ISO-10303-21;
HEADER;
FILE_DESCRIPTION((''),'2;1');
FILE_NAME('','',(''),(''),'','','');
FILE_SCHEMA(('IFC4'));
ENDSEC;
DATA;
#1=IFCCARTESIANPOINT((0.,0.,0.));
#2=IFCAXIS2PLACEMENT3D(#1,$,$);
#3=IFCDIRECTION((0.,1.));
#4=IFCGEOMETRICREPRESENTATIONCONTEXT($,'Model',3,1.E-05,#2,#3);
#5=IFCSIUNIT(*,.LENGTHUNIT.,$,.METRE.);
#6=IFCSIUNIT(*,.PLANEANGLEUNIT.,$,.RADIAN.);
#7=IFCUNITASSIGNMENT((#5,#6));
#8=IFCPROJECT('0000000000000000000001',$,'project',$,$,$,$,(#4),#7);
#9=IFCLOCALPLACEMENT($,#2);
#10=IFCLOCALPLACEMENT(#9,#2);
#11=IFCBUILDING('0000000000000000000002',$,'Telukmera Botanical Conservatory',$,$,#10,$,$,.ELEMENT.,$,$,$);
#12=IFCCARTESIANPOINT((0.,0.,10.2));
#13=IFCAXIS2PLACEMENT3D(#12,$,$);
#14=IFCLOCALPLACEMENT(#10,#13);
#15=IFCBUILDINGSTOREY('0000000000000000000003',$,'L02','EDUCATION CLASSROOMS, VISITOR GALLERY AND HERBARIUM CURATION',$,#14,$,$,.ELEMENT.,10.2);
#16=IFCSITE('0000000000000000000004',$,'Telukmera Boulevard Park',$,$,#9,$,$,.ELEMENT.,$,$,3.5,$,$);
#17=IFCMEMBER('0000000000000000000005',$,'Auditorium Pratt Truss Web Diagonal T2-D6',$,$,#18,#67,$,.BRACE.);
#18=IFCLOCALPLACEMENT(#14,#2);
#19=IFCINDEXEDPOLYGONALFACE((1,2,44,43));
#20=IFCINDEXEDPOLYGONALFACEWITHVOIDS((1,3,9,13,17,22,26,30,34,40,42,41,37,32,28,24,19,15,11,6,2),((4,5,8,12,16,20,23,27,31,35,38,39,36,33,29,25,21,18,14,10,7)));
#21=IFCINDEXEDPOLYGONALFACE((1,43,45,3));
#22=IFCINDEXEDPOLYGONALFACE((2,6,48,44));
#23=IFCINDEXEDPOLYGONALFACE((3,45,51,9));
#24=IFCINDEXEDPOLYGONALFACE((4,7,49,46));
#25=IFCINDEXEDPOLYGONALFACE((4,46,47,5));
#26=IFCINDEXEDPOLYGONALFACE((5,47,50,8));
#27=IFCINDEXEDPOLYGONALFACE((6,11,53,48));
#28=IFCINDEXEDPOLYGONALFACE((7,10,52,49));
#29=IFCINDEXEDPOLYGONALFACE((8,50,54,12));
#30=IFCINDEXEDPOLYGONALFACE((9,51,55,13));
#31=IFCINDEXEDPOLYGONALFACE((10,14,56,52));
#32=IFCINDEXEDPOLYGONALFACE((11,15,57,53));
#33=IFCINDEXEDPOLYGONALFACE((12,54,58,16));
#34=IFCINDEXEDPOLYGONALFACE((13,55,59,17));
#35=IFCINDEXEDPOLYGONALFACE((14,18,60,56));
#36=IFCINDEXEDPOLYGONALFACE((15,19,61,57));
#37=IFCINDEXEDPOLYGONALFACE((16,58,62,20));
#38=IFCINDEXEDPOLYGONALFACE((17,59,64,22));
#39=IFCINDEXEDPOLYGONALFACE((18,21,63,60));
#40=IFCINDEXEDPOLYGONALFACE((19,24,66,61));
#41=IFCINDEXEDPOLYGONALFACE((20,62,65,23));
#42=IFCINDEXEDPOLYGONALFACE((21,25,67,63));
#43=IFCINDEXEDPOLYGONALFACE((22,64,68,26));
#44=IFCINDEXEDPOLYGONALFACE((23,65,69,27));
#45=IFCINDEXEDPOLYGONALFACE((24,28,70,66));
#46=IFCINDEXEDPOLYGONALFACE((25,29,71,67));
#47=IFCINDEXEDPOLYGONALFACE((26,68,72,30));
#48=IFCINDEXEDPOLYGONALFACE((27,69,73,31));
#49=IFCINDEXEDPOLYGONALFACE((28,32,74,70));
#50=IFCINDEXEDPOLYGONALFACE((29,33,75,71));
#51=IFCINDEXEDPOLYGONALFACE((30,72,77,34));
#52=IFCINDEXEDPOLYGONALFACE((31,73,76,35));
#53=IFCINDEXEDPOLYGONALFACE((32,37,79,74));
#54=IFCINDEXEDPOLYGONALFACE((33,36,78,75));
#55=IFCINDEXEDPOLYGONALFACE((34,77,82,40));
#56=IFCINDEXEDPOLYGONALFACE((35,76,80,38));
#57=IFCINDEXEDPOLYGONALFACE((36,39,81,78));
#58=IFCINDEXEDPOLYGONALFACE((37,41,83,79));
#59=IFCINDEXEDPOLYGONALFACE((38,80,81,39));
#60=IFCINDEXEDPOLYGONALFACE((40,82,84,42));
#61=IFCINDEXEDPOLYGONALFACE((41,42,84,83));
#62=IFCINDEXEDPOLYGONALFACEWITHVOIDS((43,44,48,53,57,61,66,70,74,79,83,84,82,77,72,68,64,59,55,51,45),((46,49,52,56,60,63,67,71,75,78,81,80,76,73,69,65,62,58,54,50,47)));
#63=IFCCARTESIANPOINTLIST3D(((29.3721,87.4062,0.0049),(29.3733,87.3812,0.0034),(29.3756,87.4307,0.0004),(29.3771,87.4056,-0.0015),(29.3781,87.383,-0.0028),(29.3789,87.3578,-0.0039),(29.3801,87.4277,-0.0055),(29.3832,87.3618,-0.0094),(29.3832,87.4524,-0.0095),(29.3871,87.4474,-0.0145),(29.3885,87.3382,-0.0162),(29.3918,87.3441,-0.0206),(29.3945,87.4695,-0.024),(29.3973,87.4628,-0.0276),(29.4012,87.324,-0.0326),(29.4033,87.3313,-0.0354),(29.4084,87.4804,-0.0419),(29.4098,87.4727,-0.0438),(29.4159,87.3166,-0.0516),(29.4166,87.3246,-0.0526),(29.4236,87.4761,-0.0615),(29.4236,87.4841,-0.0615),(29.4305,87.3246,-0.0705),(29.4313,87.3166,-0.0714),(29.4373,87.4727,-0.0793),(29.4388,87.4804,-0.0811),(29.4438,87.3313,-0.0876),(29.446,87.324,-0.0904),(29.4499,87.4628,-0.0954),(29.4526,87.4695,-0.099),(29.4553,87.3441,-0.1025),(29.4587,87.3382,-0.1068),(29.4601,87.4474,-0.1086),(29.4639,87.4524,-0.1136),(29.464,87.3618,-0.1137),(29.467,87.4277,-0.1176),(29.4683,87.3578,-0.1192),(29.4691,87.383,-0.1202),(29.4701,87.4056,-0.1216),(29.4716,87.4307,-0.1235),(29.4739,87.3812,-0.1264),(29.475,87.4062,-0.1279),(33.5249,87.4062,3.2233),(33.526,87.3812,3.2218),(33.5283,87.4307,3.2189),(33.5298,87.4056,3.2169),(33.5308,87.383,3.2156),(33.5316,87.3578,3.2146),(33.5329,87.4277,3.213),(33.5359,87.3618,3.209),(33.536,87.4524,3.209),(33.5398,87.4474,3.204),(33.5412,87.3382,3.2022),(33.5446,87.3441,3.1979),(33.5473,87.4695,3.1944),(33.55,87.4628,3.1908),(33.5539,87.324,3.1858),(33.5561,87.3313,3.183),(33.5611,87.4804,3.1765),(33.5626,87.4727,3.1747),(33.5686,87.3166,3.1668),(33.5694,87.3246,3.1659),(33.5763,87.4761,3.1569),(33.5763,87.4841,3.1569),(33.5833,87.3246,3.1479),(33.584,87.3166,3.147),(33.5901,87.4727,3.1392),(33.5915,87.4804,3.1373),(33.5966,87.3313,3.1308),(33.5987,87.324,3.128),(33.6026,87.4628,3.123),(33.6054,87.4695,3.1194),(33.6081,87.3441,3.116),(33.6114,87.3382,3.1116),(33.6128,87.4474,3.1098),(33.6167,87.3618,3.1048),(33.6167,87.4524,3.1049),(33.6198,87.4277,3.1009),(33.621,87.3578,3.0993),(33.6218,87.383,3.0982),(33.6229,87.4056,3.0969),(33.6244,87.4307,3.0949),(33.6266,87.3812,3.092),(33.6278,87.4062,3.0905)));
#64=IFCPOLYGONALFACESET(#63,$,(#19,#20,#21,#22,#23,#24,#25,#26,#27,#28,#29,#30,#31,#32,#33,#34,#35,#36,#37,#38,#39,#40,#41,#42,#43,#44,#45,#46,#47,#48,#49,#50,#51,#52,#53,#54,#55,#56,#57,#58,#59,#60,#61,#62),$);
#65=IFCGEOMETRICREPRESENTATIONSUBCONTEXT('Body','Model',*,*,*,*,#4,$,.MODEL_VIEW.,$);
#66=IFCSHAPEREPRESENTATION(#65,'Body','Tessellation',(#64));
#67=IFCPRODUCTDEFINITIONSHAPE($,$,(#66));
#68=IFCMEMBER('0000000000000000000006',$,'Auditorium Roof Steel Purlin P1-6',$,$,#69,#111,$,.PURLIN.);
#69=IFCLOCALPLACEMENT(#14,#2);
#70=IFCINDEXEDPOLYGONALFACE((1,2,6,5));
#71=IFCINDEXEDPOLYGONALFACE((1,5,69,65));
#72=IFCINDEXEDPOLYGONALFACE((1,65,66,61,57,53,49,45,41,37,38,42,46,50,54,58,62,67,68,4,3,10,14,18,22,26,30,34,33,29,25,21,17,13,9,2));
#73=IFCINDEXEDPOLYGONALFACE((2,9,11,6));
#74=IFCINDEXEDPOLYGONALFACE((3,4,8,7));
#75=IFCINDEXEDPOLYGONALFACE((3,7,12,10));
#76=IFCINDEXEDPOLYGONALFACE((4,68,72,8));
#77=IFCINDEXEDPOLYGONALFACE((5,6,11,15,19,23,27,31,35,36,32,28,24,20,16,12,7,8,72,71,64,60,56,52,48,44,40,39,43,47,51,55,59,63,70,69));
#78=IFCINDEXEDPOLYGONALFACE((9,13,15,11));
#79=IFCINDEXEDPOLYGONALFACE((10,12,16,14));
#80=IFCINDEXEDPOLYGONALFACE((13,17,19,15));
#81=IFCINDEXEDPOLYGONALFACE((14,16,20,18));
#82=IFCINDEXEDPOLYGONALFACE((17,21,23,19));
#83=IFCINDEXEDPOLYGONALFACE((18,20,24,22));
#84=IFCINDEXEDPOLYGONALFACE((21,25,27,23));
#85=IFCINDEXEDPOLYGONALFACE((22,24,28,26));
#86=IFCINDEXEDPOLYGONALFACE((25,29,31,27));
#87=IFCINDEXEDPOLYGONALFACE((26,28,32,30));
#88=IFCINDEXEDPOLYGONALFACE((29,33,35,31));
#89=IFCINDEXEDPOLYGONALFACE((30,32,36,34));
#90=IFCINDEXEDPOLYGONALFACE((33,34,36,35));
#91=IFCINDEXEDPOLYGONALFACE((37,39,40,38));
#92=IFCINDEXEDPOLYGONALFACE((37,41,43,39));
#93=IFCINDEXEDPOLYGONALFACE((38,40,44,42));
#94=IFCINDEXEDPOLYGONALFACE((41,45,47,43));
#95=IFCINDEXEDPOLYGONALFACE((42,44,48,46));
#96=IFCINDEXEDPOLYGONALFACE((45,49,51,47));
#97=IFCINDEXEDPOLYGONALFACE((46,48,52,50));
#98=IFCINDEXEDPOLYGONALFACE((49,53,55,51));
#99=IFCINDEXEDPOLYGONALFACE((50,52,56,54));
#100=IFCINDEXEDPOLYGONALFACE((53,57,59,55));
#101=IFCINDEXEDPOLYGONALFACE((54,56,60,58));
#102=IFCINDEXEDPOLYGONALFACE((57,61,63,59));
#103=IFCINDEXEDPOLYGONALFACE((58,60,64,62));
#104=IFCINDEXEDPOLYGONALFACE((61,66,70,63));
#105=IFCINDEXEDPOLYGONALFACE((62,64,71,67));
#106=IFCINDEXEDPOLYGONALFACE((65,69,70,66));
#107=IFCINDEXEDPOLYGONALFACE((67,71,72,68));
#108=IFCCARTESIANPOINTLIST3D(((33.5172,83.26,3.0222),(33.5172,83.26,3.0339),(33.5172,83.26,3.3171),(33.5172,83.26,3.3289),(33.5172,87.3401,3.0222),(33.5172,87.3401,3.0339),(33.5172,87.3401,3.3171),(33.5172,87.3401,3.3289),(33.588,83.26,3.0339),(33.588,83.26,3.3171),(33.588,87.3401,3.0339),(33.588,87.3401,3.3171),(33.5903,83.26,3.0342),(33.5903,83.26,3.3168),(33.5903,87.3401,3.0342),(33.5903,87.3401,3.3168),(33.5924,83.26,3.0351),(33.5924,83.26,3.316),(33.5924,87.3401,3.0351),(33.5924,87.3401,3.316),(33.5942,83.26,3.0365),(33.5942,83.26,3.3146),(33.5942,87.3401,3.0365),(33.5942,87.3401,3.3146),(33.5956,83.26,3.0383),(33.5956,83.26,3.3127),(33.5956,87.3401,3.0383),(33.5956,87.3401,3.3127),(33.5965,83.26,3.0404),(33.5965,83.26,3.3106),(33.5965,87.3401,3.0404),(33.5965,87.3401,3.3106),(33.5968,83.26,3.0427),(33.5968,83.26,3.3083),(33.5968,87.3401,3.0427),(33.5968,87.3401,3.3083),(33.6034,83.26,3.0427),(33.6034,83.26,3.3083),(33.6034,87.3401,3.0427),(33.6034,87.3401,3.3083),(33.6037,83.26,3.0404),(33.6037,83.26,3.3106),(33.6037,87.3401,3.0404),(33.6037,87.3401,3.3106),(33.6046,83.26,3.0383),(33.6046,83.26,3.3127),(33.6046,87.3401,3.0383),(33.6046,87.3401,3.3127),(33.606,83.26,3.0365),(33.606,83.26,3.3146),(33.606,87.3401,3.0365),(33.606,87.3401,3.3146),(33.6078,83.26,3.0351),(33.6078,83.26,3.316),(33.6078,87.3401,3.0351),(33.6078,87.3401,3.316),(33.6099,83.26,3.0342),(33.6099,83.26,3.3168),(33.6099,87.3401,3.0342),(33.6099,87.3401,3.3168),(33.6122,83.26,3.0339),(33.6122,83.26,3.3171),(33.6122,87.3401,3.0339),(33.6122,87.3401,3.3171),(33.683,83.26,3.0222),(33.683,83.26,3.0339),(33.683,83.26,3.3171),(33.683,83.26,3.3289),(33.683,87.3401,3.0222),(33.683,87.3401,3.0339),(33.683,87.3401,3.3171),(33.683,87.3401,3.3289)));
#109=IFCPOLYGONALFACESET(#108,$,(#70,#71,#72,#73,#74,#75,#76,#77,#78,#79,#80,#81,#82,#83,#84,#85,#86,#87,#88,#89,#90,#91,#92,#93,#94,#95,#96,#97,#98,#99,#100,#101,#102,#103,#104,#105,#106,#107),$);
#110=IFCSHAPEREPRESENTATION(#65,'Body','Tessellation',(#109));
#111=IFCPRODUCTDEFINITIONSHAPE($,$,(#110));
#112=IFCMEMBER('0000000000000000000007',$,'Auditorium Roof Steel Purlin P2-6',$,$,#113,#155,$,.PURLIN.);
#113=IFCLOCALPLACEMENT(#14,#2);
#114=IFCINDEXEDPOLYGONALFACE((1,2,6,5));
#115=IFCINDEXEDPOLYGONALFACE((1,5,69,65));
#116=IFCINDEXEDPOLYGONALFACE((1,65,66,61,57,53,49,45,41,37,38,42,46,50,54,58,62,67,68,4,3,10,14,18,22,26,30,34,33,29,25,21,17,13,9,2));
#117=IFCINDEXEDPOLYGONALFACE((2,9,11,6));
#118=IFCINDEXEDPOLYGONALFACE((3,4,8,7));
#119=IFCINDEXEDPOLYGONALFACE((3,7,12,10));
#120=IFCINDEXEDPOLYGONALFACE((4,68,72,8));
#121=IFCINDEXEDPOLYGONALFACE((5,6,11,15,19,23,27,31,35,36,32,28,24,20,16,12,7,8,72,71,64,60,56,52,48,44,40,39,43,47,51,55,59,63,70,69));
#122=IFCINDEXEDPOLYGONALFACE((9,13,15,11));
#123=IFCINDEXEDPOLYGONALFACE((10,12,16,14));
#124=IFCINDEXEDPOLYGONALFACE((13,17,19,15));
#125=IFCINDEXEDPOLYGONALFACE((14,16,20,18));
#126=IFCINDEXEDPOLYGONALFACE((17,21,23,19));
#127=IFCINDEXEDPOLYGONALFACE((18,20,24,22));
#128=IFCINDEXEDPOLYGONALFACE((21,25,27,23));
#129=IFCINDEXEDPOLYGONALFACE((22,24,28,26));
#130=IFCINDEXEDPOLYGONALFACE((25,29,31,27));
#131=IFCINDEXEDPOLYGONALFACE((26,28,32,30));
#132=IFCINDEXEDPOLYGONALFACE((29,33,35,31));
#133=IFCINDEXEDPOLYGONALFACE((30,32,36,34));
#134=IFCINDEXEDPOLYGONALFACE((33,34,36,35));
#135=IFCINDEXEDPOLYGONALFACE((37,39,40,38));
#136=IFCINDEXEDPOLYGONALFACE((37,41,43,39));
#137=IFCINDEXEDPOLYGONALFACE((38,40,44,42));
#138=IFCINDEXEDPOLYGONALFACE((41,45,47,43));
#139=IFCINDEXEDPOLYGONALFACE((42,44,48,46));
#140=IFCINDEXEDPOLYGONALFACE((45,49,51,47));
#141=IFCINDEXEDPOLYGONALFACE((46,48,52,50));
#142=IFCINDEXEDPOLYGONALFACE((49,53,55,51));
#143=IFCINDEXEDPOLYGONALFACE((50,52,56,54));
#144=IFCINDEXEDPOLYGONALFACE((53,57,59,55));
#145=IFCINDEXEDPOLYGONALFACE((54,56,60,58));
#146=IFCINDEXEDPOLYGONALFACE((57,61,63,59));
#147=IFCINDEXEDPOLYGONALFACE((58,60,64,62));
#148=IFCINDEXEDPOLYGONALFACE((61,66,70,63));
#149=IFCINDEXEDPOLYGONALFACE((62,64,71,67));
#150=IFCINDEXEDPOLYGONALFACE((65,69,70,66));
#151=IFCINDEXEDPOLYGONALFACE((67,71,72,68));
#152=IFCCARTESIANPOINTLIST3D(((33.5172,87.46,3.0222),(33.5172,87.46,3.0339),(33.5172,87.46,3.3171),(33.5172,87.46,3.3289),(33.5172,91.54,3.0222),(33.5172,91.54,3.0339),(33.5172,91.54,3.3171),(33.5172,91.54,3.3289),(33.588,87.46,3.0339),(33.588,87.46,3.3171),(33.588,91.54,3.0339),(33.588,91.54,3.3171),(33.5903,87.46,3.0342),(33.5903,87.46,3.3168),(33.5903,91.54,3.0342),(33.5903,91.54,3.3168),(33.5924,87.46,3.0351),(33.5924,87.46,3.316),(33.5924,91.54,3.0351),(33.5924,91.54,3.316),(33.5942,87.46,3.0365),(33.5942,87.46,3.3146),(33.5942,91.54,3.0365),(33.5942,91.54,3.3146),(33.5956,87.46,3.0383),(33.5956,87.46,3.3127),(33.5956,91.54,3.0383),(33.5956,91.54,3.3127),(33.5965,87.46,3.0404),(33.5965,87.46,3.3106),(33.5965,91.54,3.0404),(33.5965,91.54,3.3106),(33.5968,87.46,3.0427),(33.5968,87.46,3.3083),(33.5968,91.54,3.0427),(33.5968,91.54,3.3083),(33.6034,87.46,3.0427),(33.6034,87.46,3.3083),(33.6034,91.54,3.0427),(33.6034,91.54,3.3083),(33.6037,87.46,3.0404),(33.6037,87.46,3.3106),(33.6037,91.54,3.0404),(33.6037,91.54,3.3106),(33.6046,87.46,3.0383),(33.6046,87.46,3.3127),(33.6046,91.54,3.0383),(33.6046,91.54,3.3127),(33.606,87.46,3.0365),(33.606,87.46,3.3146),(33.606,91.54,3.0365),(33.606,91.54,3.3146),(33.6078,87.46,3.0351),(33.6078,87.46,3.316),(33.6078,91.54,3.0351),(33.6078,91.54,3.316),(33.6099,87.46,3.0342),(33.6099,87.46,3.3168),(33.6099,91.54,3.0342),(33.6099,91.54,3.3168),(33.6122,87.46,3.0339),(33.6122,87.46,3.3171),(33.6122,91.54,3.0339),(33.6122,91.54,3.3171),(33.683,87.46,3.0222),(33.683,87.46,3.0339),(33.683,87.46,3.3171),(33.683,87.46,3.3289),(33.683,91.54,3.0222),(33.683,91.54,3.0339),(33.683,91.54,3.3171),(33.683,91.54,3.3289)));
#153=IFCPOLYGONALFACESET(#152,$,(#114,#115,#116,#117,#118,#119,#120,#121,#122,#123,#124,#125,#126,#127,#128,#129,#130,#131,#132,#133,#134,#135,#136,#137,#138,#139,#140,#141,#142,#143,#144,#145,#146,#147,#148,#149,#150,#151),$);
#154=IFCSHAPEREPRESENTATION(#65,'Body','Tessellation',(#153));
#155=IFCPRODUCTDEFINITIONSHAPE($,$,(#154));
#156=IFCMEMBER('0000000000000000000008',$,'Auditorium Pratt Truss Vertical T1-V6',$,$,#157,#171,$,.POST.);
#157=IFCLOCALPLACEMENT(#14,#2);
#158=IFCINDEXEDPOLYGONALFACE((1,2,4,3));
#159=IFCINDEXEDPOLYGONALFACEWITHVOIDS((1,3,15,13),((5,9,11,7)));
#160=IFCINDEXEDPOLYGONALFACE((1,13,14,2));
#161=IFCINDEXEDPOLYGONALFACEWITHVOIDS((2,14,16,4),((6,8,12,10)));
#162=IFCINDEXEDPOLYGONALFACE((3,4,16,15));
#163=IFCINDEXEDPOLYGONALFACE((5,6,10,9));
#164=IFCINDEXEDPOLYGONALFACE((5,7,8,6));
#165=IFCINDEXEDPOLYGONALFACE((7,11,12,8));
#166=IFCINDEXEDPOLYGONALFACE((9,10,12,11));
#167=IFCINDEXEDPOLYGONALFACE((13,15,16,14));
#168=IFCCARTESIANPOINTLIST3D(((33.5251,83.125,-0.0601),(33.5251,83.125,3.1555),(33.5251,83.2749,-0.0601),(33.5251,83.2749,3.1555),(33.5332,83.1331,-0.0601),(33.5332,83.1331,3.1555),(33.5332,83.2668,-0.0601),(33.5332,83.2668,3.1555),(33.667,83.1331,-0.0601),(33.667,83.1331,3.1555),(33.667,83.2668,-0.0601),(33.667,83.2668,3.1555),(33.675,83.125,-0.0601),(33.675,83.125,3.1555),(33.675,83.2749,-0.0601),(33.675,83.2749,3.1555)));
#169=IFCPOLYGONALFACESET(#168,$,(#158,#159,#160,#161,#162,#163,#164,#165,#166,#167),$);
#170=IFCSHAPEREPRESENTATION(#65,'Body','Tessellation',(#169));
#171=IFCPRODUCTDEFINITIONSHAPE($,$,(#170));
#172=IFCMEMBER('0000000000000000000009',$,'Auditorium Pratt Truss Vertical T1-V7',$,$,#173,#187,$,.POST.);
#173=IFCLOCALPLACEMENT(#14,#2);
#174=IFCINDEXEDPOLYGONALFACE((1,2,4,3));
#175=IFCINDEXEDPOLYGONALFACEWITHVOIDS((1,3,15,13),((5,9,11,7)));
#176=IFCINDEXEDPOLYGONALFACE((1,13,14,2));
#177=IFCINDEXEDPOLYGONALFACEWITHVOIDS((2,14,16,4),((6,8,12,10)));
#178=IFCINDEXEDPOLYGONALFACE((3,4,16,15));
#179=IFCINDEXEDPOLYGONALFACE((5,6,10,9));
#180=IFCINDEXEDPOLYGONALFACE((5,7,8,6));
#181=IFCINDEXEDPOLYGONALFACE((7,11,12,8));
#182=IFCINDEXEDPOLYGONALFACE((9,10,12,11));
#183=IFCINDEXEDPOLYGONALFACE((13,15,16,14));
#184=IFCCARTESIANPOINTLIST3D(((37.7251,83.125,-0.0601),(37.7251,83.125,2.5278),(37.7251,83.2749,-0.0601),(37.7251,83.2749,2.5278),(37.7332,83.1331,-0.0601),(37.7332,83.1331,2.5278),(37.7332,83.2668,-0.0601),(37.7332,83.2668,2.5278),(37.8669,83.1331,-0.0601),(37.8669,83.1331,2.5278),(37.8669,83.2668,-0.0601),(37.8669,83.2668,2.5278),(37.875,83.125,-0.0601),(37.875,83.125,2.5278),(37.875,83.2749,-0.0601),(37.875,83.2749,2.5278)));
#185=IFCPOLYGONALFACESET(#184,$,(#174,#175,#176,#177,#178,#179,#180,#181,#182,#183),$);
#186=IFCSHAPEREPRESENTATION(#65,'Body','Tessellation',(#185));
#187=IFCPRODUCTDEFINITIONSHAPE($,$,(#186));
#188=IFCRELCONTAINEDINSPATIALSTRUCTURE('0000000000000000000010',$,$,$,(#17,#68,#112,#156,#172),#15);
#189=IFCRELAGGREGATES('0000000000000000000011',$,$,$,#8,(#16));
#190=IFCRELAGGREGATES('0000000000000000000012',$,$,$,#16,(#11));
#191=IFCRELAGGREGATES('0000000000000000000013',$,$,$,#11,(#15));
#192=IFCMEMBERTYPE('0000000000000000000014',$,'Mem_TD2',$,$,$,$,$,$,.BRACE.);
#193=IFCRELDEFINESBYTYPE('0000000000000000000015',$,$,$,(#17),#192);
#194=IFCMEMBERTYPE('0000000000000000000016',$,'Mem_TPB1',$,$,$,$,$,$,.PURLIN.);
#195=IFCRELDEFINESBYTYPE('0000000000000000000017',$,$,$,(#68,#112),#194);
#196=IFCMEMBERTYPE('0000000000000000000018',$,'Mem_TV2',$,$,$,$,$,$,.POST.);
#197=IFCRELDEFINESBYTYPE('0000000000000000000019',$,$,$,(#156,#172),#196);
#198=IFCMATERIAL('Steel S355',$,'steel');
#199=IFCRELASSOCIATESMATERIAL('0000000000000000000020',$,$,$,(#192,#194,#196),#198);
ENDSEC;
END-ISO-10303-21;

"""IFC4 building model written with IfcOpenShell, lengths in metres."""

from ifc_helpers import new_model, si_unit, direction, frame, origin, origin_2d, place, context, subcontext, project, spatial, hollow_rectangle, hollow_circle, i_section, extrude, material, material_profile, profile_set, type_object, element, save


model = new_model("IFC4")

# Units and contexts
model_context = context("Model", 3, precision=1e-05, world=origin(), true_north=direction((0.0, 1.0)))
body_context = subcontext(model_context, "Body", "Model", "MODEL_VIEW")
ifc_project = project(units=[si_unit("LENGTHUNIT", "METRE"), si_unit("PLANEANGLEUNIT", "RADIAN")], contexts=[model_context])

# Site, building, storey
site_placement = place(None, origin())
site = spatial("IfcSite", under=ifc_project, at=site_placement, Name="Telukmera Boulevard Park", CompositionType="ELEMENT", RefElevation=3.5)
building_placement = place(site_placement, origin())
building = spatial("IfcBuilding", under=site, at=building_placement, Name="Telukmera Botanical Conservatory", CompositionType="ELEMENT")
storey_placement = place(building_placement, frame((0.0, 0.0, 10.2)))
storey = spatial("IfcBuildingStorey", under=building, at=storey_placement, Name="L02", Description="EDUCATION CLASSROOMS, VISITOR GALLERY AND HERBARIUM CURATION", CompositionType="ELEMENT", Elevation=10.2)

# Members
ifc_material_1 = material(Name="Steel S355", Category="steel")
ifc_material_profile_1 = material_profile(ifc_material_1, hollow_circle(Radius=0.0842, WallThickness=0.0081, at=origin_2d()), Name="CHS 168.3x8.0")
ifc_profile_set_1 = profile_set([ifc_material_profile_1], Name="Steel S355")
member_type_1 = type_object("IfcMemberType", Name="Mem_TD2", PredefinedType="BRACE", material=ifc_profile_set_1)
for number, where, z_axis, x_axis, name in (
    (1, (29.4236, 87.3999, -0.0615), (0.790409, 0.0, 0.612579), (0.0, 1.0, 0.0), "Auditorium Pratt Truss Web Diagonal T2-D6"),
):
    element("IfcMember", number, at=place(storey_placement, frame(where, z_axis=z_axis, x_axis=x_axis)), inside=storey, type_object=member_type_1, Name=name, PredefinedType="BRACE", context=body_context, shape_type="SweptSolid", body=[
        extrude(hollow_circle(Radius=0.0842, WallThickness=0.0081, at=origin_2d()), origin(), (0.0, 0.0, 1.0), 5.2539),
    ])
ifc_material_profile_2 = material_profile(ifc_material_1, i_section(OverallWidth=0.1658, OverallDepth=0.3066, WebThickness=0.0066, FlangeThickness=0.0117, FilletRadius=0.0088, at=origin_2d()), Name="UB 305x165x46")
ifc_profile_set_2 = profile_set([ifc_material_profile_2], Name="Steel S355")
member_type_2 = type_object("IfcMemberType", Name="Mem_TPB1", PredefinedType="PURLIN", material=ifc_profile_set_2)
for number, where, z_axis, x_axis, name in (
    (2, (33.6001, 83.26, 3.1755), (0.0, 1.0, 0.0), (-1.0, 0.0, 0.0), "Auditorium Roof Steel Purlin P1-6"),
    (3, (33.6001, 87.46, 3.1755), (0.0, 1.0, 0.0), (-1.0, 0.0, 0.0), "Auditorium Roof Steel Purlin P2-6"),
):
    element("IfcMember", number, at=place(storey_placement, frame(where, z_axis=z_axis, x_axis=x_axis)), inside=storey, type_object=member_type_2, Name=name, PredefinedType="PURLIN", context=body_context, shape_type="SweptSolid", body=[
        extrude(i_section(OverallWidth=0.1658, OverallDepth=0.3066, WebThickness=0.0066, FlangeThickness=0.0117, FilletRadius=0.0088, at=origin_2d()), origin(), (0.0, 0.0, 1.0), 4.0801),
    ])
ifc_material_profile_3 = material_profile(ifc_material_1, hollow_rectangle(XDim=0.1499, YDim=0.1499, WallThickness=0.0081, at=origin_2d()), Name="SHS 150x150x8.0")
ifc_profile_set_3 = profile_set([ifc_material_profile_3], Name="Steel S355")
member_type_3 = type_object("IfcMemberType", Name="Mem_TV2", PredefinedType="POST", material=ifc_profile_set_3)
member_1_placement = place(storey_placement, frame((33.6001, 83.2, -0.0601), z_axis=(0.0, 0.0, 1.0), x_axis=(1.0, 0.0, 0.0)))
element("IfcMember", 4, at=member_1_placement, inside=storey, type_object=member_type_3, Name="Auditorium Pratt Truss Vertical T1-V6", PredefinedType="POST", context=body_context, shape_type="SweptSolid", body=[
    extrude(hollow_rectangle(XDim=0.1499, YDim=0.1499, WallThickness=0.0081, at=origin_2d()), origin(), (0.0, 0.0, 1.0), 3.2156),
])
member_2_placement = place(storey_placement, frame((37.8, 83.2, -0.0601), z_axis=(0.0, 0.0, 1.0), x_axis=(1.0, 0.0, 0.0)))
element("IfcMember", 5, at=member_2_placement, inside=storey, type_object=member_type_3, Name="Auditorium Pratt Truss Vertical T1-V7", PredefinedType="POST", context=body_context, shape_type="SweptSolid", body=[
    extrude(hollow_rectangle(XDim=0.1499, YDim=0.1499, WallThickness=0.0081, at=origin_2d()), origin(), (0.0, 0.0, 1.0), 2.5879),
])

save(model, "model.ifc")
